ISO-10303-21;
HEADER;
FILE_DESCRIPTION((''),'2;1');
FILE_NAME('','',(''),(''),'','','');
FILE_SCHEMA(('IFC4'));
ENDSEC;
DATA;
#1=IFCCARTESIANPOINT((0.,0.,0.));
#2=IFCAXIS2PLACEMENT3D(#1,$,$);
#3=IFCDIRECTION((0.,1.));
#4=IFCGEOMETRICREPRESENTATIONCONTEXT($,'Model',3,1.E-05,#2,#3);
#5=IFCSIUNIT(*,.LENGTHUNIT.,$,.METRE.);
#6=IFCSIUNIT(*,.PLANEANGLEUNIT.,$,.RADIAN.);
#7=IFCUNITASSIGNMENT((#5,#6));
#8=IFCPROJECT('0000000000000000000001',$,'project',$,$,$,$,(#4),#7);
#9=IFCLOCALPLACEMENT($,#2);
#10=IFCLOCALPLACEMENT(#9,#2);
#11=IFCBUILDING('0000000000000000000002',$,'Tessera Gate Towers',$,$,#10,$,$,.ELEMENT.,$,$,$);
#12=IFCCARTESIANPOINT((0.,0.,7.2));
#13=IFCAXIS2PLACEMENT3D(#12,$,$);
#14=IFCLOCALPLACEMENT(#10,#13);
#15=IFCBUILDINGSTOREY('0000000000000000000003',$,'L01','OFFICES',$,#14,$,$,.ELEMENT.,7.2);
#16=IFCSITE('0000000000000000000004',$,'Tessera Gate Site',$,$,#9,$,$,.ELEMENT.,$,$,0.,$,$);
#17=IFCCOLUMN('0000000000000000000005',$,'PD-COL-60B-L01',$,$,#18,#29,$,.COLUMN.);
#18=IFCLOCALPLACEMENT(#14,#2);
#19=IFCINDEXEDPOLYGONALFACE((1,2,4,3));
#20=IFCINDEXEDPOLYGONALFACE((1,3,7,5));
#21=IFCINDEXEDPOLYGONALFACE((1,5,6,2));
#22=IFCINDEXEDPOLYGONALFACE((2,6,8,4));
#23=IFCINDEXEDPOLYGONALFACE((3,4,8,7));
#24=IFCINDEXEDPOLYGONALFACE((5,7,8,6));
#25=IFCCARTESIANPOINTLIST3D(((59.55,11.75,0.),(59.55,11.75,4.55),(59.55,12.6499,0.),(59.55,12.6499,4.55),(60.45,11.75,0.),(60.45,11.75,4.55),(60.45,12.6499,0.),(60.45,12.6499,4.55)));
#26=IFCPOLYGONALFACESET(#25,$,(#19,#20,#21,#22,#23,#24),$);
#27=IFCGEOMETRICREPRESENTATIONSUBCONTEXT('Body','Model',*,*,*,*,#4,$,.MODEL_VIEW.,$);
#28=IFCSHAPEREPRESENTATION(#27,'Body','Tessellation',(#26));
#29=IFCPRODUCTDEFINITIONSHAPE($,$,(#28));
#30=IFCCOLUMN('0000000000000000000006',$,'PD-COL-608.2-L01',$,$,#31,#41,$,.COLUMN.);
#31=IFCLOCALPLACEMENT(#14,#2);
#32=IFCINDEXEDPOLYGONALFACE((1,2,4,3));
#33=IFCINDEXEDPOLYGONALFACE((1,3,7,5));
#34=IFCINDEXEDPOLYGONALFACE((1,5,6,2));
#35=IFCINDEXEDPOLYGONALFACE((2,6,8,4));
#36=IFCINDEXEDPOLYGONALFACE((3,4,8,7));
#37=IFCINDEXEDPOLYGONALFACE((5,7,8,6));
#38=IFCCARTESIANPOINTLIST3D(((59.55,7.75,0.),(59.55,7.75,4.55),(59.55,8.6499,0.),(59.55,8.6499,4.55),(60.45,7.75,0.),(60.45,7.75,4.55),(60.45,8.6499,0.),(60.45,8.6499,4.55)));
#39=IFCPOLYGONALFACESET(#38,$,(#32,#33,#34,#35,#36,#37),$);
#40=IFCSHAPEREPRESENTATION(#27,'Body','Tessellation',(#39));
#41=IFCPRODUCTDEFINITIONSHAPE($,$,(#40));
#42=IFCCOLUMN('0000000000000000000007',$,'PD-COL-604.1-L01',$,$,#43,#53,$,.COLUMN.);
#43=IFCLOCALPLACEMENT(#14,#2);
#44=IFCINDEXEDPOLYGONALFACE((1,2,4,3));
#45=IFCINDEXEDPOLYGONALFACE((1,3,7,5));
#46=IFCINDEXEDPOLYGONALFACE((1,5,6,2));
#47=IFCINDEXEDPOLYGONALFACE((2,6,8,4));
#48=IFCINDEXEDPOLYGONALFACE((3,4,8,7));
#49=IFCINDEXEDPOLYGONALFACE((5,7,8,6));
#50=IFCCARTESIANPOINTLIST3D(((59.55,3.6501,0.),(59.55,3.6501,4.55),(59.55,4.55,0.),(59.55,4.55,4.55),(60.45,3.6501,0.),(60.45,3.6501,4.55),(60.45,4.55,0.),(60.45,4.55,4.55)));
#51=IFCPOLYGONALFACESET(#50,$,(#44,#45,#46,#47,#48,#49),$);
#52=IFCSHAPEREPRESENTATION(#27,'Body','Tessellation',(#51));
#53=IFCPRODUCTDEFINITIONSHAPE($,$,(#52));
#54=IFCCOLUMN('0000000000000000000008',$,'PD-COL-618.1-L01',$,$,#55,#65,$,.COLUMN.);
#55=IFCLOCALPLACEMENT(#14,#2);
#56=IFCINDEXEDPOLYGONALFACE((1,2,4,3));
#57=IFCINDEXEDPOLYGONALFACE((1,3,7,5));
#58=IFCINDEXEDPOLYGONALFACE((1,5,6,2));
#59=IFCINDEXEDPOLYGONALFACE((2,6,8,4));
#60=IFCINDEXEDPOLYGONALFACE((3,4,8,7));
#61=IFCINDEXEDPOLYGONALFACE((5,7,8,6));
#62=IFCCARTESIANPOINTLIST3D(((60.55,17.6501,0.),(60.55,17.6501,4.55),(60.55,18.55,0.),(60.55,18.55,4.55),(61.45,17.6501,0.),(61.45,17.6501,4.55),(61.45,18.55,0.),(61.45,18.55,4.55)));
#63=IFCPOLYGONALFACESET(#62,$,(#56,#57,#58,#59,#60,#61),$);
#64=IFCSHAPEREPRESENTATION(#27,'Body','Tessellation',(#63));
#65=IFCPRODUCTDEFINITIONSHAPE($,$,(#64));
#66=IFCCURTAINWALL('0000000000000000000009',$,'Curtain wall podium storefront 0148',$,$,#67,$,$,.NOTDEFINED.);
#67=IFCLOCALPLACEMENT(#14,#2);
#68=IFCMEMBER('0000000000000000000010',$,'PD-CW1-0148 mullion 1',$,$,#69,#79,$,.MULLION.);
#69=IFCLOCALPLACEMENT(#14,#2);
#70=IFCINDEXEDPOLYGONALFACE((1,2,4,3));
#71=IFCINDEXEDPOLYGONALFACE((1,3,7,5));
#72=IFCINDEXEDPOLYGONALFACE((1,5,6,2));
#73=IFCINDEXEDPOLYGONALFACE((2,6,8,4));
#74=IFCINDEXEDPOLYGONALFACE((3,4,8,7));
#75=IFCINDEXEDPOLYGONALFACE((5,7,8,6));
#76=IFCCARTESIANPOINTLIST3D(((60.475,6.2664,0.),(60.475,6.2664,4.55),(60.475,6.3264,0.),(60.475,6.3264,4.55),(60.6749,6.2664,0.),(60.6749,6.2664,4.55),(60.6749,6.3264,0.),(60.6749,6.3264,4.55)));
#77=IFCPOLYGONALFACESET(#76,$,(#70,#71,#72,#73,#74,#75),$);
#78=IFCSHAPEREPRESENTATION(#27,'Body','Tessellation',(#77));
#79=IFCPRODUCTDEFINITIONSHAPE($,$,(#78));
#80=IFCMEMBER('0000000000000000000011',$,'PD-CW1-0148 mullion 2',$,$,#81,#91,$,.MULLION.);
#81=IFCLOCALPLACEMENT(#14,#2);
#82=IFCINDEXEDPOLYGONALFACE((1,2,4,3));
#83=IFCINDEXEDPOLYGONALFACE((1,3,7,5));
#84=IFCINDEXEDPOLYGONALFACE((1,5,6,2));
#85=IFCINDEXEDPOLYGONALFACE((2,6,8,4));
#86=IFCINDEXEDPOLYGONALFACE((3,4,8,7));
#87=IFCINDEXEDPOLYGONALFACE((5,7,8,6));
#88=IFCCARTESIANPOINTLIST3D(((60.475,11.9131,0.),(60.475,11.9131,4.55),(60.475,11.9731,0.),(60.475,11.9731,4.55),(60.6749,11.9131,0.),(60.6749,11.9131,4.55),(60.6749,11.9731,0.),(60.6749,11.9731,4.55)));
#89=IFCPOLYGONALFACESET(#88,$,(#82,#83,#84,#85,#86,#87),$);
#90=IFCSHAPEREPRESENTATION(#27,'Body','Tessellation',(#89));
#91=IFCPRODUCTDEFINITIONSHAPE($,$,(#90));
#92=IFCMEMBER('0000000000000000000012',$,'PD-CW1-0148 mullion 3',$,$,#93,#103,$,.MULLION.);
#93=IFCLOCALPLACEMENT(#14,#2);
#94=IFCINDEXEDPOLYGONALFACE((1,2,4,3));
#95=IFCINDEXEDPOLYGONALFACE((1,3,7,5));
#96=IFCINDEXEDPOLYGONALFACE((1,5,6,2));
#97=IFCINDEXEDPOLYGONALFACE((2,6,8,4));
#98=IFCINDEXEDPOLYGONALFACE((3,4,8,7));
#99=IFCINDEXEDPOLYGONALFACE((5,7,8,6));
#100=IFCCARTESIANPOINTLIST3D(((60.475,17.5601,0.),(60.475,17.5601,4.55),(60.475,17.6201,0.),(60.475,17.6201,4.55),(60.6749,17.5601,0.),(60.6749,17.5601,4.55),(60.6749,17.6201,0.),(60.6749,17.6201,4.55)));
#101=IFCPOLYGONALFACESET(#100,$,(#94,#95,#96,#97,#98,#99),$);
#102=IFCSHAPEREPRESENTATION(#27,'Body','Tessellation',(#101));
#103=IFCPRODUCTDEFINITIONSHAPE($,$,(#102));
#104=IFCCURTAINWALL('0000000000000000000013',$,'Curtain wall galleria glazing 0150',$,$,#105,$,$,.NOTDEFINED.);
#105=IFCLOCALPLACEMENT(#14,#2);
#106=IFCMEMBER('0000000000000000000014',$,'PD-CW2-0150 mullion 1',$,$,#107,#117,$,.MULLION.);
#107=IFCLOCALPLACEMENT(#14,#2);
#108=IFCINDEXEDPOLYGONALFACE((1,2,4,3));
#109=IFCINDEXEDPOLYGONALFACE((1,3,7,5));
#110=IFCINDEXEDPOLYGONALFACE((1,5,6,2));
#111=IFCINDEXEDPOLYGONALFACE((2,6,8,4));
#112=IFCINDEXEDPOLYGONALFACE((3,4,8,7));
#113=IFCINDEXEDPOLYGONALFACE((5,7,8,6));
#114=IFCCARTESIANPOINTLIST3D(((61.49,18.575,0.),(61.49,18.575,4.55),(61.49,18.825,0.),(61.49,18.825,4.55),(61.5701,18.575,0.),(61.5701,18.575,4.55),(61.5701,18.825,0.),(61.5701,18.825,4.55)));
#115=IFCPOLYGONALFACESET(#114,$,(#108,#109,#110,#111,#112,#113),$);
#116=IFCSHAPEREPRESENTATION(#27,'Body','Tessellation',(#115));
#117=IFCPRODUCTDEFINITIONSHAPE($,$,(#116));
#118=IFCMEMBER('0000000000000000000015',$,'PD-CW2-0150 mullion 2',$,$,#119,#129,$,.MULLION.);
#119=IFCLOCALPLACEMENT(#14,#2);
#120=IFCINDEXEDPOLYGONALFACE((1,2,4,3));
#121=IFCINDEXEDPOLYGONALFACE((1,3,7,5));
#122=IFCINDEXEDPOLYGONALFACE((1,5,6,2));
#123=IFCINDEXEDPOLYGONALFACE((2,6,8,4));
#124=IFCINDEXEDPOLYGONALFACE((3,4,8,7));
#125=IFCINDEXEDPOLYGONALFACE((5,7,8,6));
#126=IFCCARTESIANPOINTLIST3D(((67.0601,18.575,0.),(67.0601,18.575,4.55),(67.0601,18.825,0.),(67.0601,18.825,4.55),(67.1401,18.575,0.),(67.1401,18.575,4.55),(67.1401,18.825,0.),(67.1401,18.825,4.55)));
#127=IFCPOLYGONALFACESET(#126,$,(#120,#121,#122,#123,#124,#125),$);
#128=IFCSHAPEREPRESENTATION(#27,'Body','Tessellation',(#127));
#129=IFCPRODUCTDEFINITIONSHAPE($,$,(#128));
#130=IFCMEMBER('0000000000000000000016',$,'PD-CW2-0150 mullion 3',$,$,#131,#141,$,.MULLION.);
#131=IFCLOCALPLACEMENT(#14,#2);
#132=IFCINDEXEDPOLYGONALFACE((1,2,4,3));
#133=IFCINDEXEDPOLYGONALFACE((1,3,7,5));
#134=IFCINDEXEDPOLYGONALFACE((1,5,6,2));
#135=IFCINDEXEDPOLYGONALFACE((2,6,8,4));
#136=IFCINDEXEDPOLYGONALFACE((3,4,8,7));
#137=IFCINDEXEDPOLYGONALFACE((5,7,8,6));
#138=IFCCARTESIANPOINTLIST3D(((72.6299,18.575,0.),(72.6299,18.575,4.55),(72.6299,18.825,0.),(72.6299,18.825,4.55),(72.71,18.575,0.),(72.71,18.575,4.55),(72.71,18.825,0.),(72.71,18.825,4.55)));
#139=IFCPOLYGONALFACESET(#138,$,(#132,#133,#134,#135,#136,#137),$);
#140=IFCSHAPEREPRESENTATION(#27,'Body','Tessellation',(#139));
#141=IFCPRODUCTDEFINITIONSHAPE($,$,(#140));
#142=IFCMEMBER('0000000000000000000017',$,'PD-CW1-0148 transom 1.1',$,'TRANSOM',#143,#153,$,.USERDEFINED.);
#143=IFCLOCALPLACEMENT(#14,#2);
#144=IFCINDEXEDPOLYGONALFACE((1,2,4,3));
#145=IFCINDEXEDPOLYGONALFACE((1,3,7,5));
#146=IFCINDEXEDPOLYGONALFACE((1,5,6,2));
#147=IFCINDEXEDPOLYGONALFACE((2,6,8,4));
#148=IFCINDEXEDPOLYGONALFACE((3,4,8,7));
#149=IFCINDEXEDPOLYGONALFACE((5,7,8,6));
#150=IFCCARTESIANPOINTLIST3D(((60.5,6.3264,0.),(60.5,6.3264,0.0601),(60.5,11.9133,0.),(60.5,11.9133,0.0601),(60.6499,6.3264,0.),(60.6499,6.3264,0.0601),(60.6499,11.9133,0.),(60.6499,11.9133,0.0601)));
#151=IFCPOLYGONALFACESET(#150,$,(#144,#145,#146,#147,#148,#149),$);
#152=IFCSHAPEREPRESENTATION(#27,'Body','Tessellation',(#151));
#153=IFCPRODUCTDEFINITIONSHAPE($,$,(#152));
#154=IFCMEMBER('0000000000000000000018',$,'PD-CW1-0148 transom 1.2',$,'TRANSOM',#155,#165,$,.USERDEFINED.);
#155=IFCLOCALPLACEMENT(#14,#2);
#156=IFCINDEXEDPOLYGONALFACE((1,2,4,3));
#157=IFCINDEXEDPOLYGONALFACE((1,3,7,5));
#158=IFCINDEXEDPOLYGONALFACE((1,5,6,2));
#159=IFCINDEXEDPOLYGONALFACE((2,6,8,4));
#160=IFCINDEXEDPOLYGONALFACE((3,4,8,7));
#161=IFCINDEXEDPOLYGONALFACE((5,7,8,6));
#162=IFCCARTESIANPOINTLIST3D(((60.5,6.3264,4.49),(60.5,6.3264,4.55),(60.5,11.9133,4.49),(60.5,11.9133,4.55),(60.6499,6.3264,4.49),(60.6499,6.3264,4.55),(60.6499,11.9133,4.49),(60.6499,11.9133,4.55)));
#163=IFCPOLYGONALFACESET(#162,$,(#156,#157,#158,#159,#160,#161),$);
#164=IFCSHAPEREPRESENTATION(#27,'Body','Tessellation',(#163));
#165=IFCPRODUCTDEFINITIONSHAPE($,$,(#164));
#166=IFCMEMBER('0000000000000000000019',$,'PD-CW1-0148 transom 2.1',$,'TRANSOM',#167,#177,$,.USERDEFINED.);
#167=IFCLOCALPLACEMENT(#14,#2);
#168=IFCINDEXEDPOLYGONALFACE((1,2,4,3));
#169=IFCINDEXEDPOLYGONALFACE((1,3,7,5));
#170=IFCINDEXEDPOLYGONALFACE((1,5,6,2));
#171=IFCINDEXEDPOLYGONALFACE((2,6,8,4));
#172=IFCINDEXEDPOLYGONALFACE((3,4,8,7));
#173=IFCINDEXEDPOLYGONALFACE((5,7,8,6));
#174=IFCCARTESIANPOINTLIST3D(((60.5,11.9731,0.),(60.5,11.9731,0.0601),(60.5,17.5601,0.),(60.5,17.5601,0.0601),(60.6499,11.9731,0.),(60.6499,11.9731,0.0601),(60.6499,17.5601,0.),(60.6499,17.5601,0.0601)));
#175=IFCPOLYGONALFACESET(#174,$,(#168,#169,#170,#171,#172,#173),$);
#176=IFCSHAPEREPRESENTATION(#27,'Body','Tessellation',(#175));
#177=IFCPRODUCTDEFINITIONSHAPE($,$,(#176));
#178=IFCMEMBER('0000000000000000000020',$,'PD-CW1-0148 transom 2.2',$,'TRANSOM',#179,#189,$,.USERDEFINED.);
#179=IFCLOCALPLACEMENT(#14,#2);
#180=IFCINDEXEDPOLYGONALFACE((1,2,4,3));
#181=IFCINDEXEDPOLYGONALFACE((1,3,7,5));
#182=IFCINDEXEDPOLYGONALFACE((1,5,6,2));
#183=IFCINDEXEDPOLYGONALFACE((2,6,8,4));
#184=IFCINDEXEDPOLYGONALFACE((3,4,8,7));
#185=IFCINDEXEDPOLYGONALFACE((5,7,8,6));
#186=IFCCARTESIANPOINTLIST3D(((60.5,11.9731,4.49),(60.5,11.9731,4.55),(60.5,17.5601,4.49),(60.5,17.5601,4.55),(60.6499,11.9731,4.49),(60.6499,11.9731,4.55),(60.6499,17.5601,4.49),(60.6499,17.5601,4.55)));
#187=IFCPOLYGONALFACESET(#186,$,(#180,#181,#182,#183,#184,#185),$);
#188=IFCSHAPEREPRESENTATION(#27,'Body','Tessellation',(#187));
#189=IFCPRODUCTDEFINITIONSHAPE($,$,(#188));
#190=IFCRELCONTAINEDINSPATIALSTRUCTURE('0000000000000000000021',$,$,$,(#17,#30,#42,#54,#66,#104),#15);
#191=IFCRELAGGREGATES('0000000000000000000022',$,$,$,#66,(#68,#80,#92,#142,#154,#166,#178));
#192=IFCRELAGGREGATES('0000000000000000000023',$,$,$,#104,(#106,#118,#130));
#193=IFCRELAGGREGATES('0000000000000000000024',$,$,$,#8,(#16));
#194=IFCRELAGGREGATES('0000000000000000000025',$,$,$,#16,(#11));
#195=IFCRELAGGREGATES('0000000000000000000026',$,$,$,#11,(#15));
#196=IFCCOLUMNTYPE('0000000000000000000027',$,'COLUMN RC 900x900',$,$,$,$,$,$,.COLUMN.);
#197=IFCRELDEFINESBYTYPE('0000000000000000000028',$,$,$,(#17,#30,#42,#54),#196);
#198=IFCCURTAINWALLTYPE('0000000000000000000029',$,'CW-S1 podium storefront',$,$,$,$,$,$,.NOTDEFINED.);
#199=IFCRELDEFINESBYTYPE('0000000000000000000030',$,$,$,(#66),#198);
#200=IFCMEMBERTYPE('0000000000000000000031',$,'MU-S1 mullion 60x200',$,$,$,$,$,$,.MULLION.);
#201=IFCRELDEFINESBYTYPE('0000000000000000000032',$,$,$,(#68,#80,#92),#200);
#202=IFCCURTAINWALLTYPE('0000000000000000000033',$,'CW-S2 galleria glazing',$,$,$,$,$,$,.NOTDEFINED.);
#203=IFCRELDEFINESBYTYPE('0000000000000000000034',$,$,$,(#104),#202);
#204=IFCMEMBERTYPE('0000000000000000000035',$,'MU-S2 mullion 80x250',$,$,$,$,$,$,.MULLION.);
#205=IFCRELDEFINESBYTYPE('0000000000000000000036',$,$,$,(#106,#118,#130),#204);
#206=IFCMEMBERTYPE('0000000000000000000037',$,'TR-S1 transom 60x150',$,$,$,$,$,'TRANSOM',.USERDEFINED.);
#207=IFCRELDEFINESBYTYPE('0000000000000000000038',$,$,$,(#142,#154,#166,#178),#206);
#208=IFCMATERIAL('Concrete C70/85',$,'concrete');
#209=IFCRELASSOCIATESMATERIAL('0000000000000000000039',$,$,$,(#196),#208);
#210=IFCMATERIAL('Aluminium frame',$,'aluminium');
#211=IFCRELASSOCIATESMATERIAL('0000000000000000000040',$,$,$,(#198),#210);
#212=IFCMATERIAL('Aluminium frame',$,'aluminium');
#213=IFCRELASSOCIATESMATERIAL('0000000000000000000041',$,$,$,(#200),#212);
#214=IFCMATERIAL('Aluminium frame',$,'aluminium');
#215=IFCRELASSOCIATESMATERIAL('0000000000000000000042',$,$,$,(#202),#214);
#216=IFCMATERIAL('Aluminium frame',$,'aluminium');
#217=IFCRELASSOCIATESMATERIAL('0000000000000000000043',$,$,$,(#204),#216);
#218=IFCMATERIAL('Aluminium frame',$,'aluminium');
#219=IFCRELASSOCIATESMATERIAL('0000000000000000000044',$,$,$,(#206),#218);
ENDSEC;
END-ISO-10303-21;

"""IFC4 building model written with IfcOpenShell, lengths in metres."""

from ifc_helpers import new_model, si_unit, direction, frame, origin, origin_2d, place, context, subcontext, project, spatial, rectangle, extrude, material, material_profile, profile_set, type_object, element, aggregate, save


model = new_model("IFC4")

# Units and contexts
model_context = context("Model", 3, precision=1e-05, world=origin(), true_north=direction((0.0, 1.0)))
body_context = subcontext(model_context, "Body", "Model", "MODEL_VIEW")
ifc_project = project(units=[si_unit("LENGTHUNIT", "METRE"), si_unit("PLANEANGLEUNIT", "RADIAN")], contexts=[model_context])

# Site, building, storey
site_placement = place(None, origin())
site = spatial("IfcSite", under=ifc_project, at=site_placement, Name="Tessera Gate Site", CompositionType="ELEMENT", RefElevation=0.0)
building_placement = place(site_placement, origin())
building = spatial("IfcBuilding", under=site, at=building_placement, Name="Tessera Gate Towers", CompositionType="ELEMENT")
storey_placement = place(building_placement, frame((0.0, 0.0, 7.2)))
storey = spatial("IfcBuildingStorey", under=building, at=storey_placement, Name="L01", Description="OFFICES", CompositionType="ELEMENT", Elevation=7.2)

# Columns
ifc_material_1 = material(Name="Concrete C70/85", Category="concrete")
ifc_material_profile_1 = material_profile(ifc_material_1, rectangle(XDim=0.8999, YDim=0.8999, at=origin_2d()), Name="RC 900x900")
ifc_profile_set_1 = profile_set([ifc_material_profile_1], Name="Concrete C70/85")
column_type = type_object("IfcColumnType", Name="COLUMN RC 900x900", PredefinedType="COLUMN", material=ifc_profile_set_1)
for number, where, z_axis, x_axis, name in (
    (1, (60.0, 12.2, 0.0), (0.0, 0.0, 1.0), (1.0, 0.0, 0.0), "PD-COL-60B-L01"),
    (2, (60.0, 8.2, 0.0), (0.0, 0.0, 1.0), (1.0, 0.0, 0.0), "PD-COL-608.2-L01"),
    (3, (60.0, 4.1001, 0.0), (0.0, 0.0, 1.0), (1.0, 0.0, 0.0), "PD-COL-604.1-L01"),
    (4, (61.0, 18.1001, 0.0), (0.0, 0.0, 1.0), (1.0, 0.0, 0.0), "PD-COL-618.1-L01"),
):
    element("IfcColumn", number, at=place(storey_placement, frame(where, z_axis=z_axis, x_axis=x_axis)), inside=storey, type_object=column_type, Name=name, PredefinedType="COLUMN", context=body_context, shape_type="SweptSolid", body=[
        extrude(rectangle(XDim=0.8999, YDim=0.8999, at=origin_2d()), origin(), (0.0, 0.0, 1.0), 4.55),
    ])

# Curtain walls, members
ifc_material_2 = material(Name="Aluminium frame", Category="aluminium")
curtain_wall_type_1 = type_object("IfcCurtainWallType", Name="CW-S1 podium storefront", PredefinedType="NOTDEFINED", material=ifc_material_2)
curtain_wall_1_placement = place(storey_placement, origin())
curtain_wall_1 = element("IfcCurtainWall", 5, at=curtain_wall_1_placement, inside=storey, type_object=curtain_wall_type_1, Name="Curtain wall podium storefront 0148", PredefinedType="NOTDEFINED")
ifc_material_3 = material(Name="Aluminium frame", Category="aluminium")
ifc_material_profile_2 = material_profile(ifc_material_3, rectangle(XDim=0.0601, YDim=0.2, at=origin_2d()), Name="AL 60x200")
ifc_profile_set_2 = profile_set([ifc_material_profile_2], Name="Aluminium frame")
member_type_1 = type_object("IfcMemberType", Name="MU-S1 mullion 60x200", PredefinedType="MULLION", material=ifc_profile_set_2)
member_1_placement = place(storey_placement, frame((60.575, 6.2964, 0.0), z_axis=(0.0, 0.0, 1.0), x_axis=(0.0, 1.0, 0.0)))
member_1 = element("IfcMember", 6, at=member_1_placement, type_object=member_type_1, Name="PD-CW1-0148 mullion 1", PredefinedType="MULLION", context=body_context, shape_type="SweptSolid", body=[
    extrude(rectangle(XDim=0.0601, YDim=0.2, at=origin_2d()), origin(), (0.0, 0.0, 1.0), 4.55),
])
member_2_placement = place(storey_placement, frame((60.575, 11.9431, 0.0), z_axis=(0.0, 0.0, 1.0), x_axis=(0.0, 1.0, 0.0)))
member_2 = element("IfcMember", 7, at=member_2_placement, type_object=member_type_1, Name="PD-CW1-0148 mullion 2", PredefinedType="MULLION", context=body_context, shape_type="SweptSolid", body=[
    extrude(rectangle(XDim=0.0601, YDim=0.2, at=origin_2d()), origin(), (0.0, 0.0, 1.0), 4.55),
])
member_3_placement = place(storey_placement, frame((60.575, 17.5901, 0.0), z_axis=(0.0, 0.0, 1.0), x_axis=(0.0, 1.0, 0.0)))
member_3 = element("IfcMember", 8, at=member_3_placement, type_object=member_type_1, Name="PD-CW1-0148 mullion 3", PredefinedType="MULLION", context=body_context, shape_type="SweptSolid", body=[
    extrude(rectangle(XDim=0.0601, YDim=0.2, at=origin_2d()), origin(), (0.0, 0.0, 1.0), 4.55),
])
ifc_material_4 = material(Name="Aluminium frame", Category="aluminium")
curtain_wall_type_2 = type_object("IfcCurtainWallType", Name="CW-S2 galleria glazing", PredefinedType="NOTDEFINED", material=ifc_material_4)
curtain_wall_2_placement = place(storey_placement, origin())
curtain_wall_2 = element("IfcCurtainWall", 9, at=curtain_wall_2_placement, inside=storey, type_object=curtain_wall_type_2, Name="Curtain wall galleria glazing 0150", PredefinedType="NOTDEFINED")
ifc_material_5 = material(Name="Aluminium frame", Category="aluminium")
ifc_material_profile_3 = material_profile(ifc_material_5, rectangle(XDim=0.0801, YDim=0.25, at=origin_2d()), Name="AL 80x250")
ifc_profile_set_3 = profile_set([ifc_material_profile_3], Name="Aluminium frame")
member_type_2 = type_object("IfcMemberType", Name="MU-S2 mullion 80x250", PredefinedType="MULLION", material=ifc_profile_set_3)
member_4_placement = place(storey_placement, frame((61.53, 18.7, 0.0), z_axis=(0.0, 0.0, 1.0), x_axis=(1.0, 0.0, 0.0)))
member_4 = element("IfcMember", 10, at=member_4_placement, type_object=member_type_2, Name="PD-CW2-0150 mullion 1", PredefinedType="MULLION", context=body_context, shape_type="SweptSolid", body=[
    extrude(rectangle(XDim=0.0801, YDim=0.25, at=origin_2d()), origin(), (0.0, 0.0, 1.0), 4.55),
])
member_5_placement = place(storey_placement, frame((67.1001, 18.7, 0.0), z_axis=(0.0, 0.0, 1.0), x_axis=(1.0, 0.0, 0.0)))
member_5 = element("IfcMember", 11, at=member_5_placement, type_object=member_type_2, Name="PD-CW2-0150 mullion 2", PredefinedType="MULLION", context=body_context, shape_type="SweptSolid", body=[
    extrude(rectangle(XDim=0.0801, YDim=0.25, at=origin_2d()), origin(), (0.0, 0.0, 1.0), 4.55),
])
member_6_placement = place(storey_placement, frame((72.6699, 18.7, 0.0), z_axis=(0.0, 0.0, 1.0), x_axis=(1.0, 0.0, 0.0)))
member_6 = element("IfcMember", 12, at=member_6_placement, type_object=member_type_2, Name="PD-CW2-0150 mullion 3", PredefinedType="MULLION", context=body_context, shape_type="SweptSolid", body=[
    extrude(rectangle(XDim=0.0801, YDim=0.25, at=origin_2d()), origin(), (0.0, 0.0, 1.0), 4.55),
])

# Members
ifc_material_6 = material(Name="Aluminium frame", Category="aluminium")
ifc_material_profile_4 = material_profile(ifc_material_6, rectangle(XDim=0.1499, YDim=0.0601, at=origin_2d()), Name="AL 60x150")
ifc_profile_set_4 = profile_set([ifc_material_profile_4], Name="Aluminium frame")
member_type_3 = type_object("IfcMemberType", Name="TR-S1 transom 60x150", ElementType="TRANSOM", PredefinedType="USERDEFINED", material=ifc_profile_set_4)
member_7_placement = place(storey_placement, frame((60.575, 6.3264, 0.03), z_axis=(0.0, 1.0, 0.0), x_axis=(-1.0, 0.0, 0.0)))
member_7 = element("IfcMember", 13, at=member_7_placement, type_object=member_type_3, Name="PD-CW1-0148 transom 1.1", ObjectType="TRANSOM", PredefinedType="USERDEFINED", context=body_context, shape_type="SweptSolid", body=[
    extrude(rectangle(XDim=0.1499, YDim=0.0601, at=origin_2d()), origin(), (0.0, 0.0, 1.0), 5.5869),
])
member_8_placement = place(storey_placement, frame((60.575, 6.3264, 4.52), z_axis=(0.0, 1.0, 0.0), x_axis=(-1.0, 0.0, 0.0)))
member_8 = element("IfcMember", 14, at=member_8_placement, type_object=member_type_3, Name="PD-CW1-0148 transom 1.2", ObjectType="TRANSOM", PredefinedType="USERDEFINED", context=body_context, shape_type="SweptSolid", body=[
    extrude(rectangle(XDim=0.1499, YDim=0.0601, at=origin_2d()), origin(), (0.0, 0.0, 1.0), 5.5869),
])
member_9_placement = place(storey_placement, frame((60.575, 11.9731, 0.03), z_axis=(0.0, 1.0, 0.0), x_axis=(-1.0, 0.0, 0.0)))
member_9 = element("IfcMember", 15, at=member_9_placement, type_object=member_type_3, Name="PD-CW1-0148 transom 2.1", ObjectType="TRANSOM", PredefinedType="USERDEFINED", context=body_context, shape_type="SweptSolid", body=[
    extrude(rectangle(XDim=0.1499, YDim=0.0601, at=origin_2d()), origin(), (0.0, 0.0, 1.0), 5.5869),
])
member_10_placement = place(storey_placement, frame((60.575, 11.9731, 4.52), z_axis=(0.0, 1.0, 0.0), x_axis=(-1.0, 0.0, 0.0)))
member_10 = element("IfcMember", 16, at=member_10_placement, type_object=member_type_3, Name="PD-CW1-0148 transom 2.2", ObjectType="TRANSOM", PredefinedType="USERDEFINED", context=body_context, shape_type="SweptSolid", body=[
    extrude(rectangle(XDim=0.1499, YDim=0.0601, at=origin_2d()), origin(), (0.0, 0.0, 1.0), 5.5869),
])

aggregate(curtain_wall_1, [member_1, member_2, member_3, member_7, member_8, member_9, member_10])
aggregate(curtain_wall_2, [member_4, member_5, member_6])

save(model, "model.ifc")
